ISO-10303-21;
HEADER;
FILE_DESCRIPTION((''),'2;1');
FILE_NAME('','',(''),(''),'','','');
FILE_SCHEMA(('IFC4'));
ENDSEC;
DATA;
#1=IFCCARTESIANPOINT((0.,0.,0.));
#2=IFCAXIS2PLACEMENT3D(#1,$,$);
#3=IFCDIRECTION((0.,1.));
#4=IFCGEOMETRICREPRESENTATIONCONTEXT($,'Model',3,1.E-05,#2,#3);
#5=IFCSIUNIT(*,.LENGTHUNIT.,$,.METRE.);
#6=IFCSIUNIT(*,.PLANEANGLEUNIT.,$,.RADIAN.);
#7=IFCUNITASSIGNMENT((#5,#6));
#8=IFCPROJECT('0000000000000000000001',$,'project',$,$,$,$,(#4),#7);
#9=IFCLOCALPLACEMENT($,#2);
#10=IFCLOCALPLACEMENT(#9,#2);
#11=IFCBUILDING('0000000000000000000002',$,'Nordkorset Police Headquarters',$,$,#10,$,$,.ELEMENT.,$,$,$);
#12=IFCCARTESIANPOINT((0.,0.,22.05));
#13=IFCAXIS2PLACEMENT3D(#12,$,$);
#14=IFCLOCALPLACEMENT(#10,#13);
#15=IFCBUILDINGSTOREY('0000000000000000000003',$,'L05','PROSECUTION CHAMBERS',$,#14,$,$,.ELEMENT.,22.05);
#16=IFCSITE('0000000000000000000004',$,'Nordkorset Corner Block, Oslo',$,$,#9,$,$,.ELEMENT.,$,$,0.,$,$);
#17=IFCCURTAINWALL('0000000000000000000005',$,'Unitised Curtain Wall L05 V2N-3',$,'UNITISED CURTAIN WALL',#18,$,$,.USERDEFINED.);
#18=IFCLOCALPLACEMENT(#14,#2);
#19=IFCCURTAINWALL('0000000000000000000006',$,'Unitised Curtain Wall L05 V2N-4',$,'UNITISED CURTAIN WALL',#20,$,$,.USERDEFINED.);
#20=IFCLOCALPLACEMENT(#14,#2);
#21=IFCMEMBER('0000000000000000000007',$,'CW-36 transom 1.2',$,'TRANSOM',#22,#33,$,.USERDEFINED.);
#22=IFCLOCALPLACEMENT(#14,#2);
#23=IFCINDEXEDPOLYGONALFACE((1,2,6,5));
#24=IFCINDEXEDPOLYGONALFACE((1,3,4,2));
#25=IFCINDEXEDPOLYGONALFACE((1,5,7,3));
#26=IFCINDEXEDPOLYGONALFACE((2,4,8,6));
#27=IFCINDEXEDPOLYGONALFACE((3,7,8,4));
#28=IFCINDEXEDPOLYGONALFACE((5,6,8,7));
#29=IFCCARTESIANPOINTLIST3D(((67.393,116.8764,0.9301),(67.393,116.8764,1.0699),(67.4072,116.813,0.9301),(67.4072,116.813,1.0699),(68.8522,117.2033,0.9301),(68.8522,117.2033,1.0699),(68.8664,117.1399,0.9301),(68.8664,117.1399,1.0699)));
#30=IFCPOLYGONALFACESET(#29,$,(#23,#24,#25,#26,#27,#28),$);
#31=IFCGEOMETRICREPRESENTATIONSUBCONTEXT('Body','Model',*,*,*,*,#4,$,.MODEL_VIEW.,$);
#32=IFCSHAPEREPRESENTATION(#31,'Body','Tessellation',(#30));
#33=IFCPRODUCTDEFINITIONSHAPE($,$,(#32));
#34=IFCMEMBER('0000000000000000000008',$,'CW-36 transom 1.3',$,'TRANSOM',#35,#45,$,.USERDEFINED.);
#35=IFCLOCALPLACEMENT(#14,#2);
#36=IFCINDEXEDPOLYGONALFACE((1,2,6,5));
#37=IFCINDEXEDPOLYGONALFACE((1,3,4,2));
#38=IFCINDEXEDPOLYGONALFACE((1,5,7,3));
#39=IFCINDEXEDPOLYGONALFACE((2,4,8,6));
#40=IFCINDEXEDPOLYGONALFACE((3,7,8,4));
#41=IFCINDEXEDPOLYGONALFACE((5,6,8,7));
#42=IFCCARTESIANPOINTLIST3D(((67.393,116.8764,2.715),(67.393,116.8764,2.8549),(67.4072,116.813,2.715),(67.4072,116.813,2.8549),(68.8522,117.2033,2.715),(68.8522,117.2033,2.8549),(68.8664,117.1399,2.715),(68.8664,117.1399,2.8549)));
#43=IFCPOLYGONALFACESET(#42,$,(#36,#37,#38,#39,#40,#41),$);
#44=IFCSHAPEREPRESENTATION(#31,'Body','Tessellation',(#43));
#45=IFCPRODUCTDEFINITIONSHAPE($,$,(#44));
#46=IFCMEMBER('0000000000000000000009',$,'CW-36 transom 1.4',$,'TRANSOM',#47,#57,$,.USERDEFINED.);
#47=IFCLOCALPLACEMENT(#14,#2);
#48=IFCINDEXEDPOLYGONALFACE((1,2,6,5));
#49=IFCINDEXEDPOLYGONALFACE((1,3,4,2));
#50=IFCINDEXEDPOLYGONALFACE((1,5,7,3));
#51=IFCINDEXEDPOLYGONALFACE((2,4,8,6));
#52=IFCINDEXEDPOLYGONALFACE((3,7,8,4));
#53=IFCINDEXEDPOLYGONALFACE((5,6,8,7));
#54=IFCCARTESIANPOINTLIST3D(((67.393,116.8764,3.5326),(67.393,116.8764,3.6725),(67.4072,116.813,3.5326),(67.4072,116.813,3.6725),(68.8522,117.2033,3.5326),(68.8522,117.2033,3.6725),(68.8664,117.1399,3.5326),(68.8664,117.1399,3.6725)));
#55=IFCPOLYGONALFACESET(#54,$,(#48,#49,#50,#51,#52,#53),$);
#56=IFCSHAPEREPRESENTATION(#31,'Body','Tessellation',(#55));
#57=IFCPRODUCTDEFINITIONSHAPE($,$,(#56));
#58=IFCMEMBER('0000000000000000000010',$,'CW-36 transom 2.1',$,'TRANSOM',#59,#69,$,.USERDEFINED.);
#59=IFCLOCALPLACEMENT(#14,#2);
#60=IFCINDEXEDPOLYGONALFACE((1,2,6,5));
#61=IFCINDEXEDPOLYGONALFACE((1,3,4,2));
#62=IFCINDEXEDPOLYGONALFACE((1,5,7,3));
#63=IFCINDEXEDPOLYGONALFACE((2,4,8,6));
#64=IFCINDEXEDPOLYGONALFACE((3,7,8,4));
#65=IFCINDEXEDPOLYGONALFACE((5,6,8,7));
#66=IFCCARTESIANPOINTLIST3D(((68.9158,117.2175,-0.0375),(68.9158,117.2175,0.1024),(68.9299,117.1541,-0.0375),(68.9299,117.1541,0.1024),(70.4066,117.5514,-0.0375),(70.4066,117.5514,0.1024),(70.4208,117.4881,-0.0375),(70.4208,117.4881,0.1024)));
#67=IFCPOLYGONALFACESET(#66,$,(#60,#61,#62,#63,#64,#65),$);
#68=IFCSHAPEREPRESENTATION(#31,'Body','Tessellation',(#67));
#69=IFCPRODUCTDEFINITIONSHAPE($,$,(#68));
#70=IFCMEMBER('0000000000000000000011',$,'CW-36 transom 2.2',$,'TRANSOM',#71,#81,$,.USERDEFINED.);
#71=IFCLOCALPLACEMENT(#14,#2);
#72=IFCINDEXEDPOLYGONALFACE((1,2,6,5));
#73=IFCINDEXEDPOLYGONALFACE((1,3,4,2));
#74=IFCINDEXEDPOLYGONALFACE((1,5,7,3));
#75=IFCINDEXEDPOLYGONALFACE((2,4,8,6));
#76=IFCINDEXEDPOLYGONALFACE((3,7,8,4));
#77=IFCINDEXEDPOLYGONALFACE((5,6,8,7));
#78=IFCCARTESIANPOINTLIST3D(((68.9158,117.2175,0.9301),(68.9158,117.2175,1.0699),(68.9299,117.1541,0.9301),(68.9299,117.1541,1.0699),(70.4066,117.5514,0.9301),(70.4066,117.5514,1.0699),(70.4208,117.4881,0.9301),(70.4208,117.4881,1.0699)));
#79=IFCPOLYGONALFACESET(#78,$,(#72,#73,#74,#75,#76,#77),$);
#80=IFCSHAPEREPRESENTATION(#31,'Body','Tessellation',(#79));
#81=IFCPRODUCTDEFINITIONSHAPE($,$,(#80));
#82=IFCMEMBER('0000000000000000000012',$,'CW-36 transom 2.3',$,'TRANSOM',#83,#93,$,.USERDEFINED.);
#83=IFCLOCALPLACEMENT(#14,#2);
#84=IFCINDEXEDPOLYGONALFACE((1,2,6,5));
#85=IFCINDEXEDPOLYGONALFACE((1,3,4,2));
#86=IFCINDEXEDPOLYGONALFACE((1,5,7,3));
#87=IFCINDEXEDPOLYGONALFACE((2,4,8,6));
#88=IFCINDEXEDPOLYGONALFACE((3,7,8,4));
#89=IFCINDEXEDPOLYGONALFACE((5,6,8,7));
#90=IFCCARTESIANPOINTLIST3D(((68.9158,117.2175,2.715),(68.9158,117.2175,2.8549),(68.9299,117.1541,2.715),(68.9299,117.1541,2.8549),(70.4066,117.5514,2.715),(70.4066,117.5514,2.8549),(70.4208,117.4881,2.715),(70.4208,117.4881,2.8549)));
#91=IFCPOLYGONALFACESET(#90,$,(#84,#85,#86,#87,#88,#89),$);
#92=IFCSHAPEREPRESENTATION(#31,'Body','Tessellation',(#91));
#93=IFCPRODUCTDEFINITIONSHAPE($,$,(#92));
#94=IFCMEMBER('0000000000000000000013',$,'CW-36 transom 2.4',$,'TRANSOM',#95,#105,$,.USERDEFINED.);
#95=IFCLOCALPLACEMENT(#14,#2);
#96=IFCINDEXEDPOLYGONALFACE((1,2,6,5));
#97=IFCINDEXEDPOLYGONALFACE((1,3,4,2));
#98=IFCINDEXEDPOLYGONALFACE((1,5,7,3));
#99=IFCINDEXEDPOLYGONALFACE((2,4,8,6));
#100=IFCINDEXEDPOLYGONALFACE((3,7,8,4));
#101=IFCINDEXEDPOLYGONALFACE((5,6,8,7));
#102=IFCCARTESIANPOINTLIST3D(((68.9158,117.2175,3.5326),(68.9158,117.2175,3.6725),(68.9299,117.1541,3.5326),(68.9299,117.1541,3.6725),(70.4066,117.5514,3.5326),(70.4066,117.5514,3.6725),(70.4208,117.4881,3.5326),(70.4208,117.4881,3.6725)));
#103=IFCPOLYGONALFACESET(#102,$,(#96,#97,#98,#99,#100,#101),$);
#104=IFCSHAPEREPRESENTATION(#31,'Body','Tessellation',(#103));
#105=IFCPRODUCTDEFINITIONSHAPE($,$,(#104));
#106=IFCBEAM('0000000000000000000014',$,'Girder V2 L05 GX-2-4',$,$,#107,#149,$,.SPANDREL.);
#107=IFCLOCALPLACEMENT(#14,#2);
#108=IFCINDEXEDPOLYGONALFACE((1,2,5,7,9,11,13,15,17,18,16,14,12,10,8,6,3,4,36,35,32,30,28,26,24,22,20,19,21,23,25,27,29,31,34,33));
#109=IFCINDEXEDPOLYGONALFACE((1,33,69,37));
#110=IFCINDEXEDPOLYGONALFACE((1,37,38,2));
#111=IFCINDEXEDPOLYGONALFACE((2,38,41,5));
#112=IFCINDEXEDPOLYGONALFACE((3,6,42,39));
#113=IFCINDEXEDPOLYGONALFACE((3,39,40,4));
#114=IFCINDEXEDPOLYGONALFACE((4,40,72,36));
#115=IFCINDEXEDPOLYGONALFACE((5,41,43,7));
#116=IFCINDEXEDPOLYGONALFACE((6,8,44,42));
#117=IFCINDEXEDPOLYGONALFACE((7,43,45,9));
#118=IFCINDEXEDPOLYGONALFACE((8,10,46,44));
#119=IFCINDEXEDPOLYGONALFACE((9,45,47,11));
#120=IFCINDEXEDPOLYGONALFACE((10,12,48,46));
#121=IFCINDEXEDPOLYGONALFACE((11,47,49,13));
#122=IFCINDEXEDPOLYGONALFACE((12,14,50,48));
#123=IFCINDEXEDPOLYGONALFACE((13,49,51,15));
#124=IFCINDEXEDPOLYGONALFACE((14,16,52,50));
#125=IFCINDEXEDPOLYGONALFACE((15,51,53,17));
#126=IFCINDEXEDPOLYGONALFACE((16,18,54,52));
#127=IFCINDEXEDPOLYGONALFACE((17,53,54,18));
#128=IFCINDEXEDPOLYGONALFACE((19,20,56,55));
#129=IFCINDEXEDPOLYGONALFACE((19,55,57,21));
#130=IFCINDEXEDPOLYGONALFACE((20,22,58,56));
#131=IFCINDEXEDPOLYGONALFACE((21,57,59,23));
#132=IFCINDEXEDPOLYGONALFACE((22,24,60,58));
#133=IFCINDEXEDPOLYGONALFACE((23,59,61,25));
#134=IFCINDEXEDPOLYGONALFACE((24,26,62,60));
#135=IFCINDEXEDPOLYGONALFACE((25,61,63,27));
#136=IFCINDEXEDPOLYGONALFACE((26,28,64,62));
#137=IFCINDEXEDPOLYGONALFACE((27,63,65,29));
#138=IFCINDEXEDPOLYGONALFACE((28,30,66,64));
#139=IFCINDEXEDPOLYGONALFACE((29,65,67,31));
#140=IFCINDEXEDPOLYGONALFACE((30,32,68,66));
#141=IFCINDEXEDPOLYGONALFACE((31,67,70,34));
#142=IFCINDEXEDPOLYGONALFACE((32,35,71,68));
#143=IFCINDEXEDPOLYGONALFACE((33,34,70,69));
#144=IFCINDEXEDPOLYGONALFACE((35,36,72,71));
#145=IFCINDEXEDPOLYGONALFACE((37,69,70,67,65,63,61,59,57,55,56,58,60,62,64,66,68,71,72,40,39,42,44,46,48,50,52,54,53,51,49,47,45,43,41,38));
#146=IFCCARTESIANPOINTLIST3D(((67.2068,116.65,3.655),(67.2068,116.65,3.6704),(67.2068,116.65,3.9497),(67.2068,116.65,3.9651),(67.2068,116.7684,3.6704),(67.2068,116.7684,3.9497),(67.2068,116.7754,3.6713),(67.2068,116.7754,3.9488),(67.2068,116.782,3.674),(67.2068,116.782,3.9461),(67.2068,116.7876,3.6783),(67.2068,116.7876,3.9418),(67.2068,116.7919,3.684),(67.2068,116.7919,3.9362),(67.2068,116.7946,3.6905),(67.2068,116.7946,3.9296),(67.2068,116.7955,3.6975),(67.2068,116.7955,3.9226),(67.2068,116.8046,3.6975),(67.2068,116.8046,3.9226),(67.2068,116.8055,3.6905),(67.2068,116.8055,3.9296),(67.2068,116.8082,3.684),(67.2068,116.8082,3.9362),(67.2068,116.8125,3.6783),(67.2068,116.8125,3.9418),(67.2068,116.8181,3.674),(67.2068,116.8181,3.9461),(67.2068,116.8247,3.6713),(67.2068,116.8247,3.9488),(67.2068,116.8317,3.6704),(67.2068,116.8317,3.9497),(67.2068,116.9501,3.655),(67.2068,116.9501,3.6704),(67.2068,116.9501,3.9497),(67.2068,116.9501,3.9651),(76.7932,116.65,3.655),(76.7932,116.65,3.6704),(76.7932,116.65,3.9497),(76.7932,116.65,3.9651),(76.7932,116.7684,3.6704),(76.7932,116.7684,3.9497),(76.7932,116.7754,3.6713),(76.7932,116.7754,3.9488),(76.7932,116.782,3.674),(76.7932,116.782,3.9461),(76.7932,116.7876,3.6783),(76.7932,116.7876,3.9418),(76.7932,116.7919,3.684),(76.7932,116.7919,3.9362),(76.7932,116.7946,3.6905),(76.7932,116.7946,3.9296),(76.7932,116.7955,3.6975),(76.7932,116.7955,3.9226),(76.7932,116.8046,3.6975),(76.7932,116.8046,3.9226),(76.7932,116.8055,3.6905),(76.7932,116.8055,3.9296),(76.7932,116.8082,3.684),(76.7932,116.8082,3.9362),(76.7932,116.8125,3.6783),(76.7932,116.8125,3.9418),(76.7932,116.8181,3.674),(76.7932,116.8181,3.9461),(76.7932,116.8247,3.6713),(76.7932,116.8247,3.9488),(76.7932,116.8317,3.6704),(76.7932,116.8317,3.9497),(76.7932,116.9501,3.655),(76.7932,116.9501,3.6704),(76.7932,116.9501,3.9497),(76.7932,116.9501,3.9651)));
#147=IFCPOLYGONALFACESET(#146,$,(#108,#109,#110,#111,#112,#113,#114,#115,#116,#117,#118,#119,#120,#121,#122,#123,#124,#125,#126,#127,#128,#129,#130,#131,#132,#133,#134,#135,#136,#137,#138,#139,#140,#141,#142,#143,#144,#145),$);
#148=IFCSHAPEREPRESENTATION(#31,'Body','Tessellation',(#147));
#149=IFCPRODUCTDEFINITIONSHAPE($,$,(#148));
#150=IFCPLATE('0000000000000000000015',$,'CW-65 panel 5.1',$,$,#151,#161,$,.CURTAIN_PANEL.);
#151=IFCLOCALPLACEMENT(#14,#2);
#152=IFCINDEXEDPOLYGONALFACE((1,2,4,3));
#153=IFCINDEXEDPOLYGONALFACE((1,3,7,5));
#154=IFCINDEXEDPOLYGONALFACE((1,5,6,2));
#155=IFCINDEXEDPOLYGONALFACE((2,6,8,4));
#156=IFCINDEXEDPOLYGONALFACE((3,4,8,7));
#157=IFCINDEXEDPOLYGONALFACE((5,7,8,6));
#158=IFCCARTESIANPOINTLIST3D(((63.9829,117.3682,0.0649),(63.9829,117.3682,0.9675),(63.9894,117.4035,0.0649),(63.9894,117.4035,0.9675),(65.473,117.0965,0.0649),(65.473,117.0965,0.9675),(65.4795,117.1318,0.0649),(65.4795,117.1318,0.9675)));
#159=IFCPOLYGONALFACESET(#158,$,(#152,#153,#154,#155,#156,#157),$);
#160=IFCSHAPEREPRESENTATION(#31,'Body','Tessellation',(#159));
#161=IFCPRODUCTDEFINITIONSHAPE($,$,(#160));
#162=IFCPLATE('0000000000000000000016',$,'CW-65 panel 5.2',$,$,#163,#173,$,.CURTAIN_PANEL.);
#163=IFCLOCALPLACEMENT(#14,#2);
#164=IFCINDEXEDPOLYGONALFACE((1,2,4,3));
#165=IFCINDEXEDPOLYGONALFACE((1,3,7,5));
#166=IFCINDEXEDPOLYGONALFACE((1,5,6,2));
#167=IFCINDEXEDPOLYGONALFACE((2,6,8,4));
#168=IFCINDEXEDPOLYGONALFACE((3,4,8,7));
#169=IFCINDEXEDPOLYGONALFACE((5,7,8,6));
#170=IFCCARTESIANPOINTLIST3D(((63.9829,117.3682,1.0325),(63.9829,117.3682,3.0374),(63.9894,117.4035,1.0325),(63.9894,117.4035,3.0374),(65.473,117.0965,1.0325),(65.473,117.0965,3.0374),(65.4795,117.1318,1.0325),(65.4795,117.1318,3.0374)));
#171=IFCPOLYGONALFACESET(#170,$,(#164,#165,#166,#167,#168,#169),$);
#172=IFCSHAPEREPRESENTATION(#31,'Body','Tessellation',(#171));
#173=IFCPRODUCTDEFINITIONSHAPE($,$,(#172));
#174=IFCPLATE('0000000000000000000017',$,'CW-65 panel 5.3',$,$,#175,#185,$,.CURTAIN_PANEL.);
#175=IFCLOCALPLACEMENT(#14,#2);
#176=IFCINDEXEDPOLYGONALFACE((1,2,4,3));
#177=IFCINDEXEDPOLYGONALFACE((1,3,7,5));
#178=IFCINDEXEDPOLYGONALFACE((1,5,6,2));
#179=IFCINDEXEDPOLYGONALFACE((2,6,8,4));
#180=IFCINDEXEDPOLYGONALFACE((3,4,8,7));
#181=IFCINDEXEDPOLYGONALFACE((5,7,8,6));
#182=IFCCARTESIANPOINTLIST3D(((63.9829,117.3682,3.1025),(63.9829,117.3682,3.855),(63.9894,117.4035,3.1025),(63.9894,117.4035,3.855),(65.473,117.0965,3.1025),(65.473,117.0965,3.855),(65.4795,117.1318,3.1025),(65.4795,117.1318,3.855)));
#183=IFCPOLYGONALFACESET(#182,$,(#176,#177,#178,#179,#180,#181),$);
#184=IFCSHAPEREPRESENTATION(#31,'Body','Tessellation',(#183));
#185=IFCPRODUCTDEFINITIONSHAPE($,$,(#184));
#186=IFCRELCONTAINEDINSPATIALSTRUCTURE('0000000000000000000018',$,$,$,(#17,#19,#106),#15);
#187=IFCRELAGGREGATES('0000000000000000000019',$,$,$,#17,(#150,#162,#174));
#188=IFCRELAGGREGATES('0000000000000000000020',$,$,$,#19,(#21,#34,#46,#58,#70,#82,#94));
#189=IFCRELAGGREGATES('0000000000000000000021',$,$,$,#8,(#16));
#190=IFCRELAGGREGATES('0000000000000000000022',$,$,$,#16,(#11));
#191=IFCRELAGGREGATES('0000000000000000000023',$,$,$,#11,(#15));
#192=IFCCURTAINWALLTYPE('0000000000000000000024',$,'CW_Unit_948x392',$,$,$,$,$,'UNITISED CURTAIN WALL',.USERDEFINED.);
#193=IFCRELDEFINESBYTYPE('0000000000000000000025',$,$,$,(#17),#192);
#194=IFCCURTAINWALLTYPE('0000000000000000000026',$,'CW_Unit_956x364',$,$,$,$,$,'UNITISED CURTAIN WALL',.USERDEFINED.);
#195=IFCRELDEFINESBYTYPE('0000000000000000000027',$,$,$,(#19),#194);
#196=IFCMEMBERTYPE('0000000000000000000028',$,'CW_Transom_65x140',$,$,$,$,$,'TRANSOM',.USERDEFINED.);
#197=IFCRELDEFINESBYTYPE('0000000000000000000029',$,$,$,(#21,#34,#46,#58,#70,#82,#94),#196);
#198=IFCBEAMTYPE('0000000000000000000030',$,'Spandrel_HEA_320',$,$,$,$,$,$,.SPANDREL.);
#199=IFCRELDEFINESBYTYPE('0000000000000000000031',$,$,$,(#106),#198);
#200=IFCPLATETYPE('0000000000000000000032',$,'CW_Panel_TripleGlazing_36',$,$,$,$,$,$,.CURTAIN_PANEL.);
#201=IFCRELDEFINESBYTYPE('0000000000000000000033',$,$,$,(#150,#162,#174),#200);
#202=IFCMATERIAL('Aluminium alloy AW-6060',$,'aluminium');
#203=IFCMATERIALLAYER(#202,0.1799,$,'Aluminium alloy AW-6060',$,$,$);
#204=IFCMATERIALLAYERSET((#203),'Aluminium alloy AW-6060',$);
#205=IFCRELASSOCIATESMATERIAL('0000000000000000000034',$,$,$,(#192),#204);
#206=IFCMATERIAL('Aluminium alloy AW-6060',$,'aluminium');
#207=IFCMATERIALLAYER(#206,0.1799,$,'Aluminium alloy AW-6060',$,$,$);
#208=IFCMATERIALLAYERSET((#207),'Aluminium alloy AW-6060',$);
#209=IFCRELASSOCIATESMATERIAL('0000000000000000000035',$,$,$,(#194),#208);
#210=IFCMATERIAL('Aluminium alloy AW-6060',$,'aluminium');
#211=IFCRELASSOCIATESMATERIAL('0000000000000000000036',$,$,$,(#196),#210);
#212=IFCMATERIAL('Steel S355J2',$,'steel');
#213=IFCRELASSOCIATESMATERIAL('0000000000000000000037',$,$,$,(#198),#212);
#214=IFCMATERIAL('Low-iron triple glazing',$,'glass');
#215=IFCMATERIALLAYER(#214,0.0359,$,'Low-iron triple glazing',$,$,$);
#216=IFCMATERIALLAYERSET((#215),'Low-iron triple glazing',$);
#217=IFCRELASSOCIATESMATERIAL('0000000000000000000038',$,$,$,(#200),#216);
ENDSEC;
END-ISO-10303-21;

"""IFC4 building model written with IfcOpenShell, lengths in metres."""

from ifc_helpers import new_model, si_unit, direction, frame, origin, origin_2d, place, context, subcontext, project, spatial, rectangle, i_section, extrude, material, layer, layer_set, material_profile, profile_set, type_object, element, aggregate, save


model = new_model("IFC4")

# Units and contexts
model_context = context("Model", 3, precision=1e-05, world=origin(), true_north=direction((0.0, 1.0)))
body_context = subcontext(model_context, "Body", "Model", "MODEL_VIEW")
ifc_project = project(units=[si_unit("LENGTHUNIT", "METRE"), si_unit("PLANEANGLEUNIT", "RADIAN")], contexts=[model_context])

# Site, building, storey
site_placement = place(None, origin())
site = spatial("IfcSite", under=ifc_project, at=site_placement, Name="Nordkorset Corner Block, Oslo", CompositionType="ELEMENT", RefElevation=0.0)
building_placement = place(site_placement, origin())
building = spatial("IfcBuilding", under=site, at=building_placement, Name="Nordkorset Police Headquarters", CompositionType="ELEMENT")
storey_placement = place(building_placement, frame((0.0, 0.0, 22.05)))
storey = spatial("IfcBuildingStorey", under=building, at=storey_placement, Name="L05", Description="PROSECUTION CHAMBERS", CompositionType="ELEMENT", Elevation=22.05)

# Curtain walls
ifc_material_1 = material(Name="Aluminium alloy AW-6060", Category="aluminium")
ifc_layer_1 = layer(ifc_material_1, 0.1799, Name="Aluminium alloy AW-6060")
ifc_layer_set_1 = layer_set([ifc_layer_1], Name="Aluminium alloy AW-6060")
curtain_wall_type_1 = type_object("IfcCurtainWallType", Name="CW_Unit_948x392", ElementType="UNITISED CURTAIN WALL", PredefinedType="USERDEFINED", material=ifc_layer_set_1)
curtain_wall_1_placement = place(storey_placement, origin())
curtain_wall_1 = element("IfcCurtainWall", 1, at=curtain_wall_1_placement, inside=storey, type_object=curtain_wall_type_1, Name="Unitised Curtain Wall L05 V2N-3", ObjectType="UNITISED CURTAIN WALL", PredefinedType="USERDEFINED")
ifc_material_2 = material(Name="Aluminium alloy AW-6060", Category="aluminium")
ifc_layer_2 = layer(ifc_material_2, 0.1799, Name="Aluminium alloy AW-6060")
ifc_layer_set_2 = layer_set([ifc_layer_2], Name="Aluminium alloy AW-6060")
curtain_wall_type_2 = type_object("IfcCurtainWallType", Name="CW_Unit_956x364", ElementType="UNITISED CURTAIN WALL", PredefinedType="USERDEFINED", material=ifc_layer_set_2)
curtain_wall_2_placement = place(storey_placement, origin())
curtain_wall_2 = element("IfcCurtainWall", 2, at=curtain_wall_2_placement, inside=storey, type_object=curtain_wall_type_2, Name="Unitised Curtain Wall L05 V2N-4", ObjectType="UNITISED CURTAIN WALL", PredefinedType="USERDEFINED")

# Members
ifc_material_3 = material(Name="Aluminium alloy AW-6060", Category="aluminium")
ifc_material_profile_1 = material_profile(ifc_material_3, rectangle(XDim=0.0649, YDim=0.1399, at=origin_2d()), Name="ALU TRAN 65x140")
ifc_profile_set_1 = profile_set([ifc_material_profile_1], Name="Aluminium alloy AW-6060")
member_type_1 = type_object("IfcMemberType", Name="CW_Transom_65x140", ElementType="TRANSOM", PredefinedType="USERDEFINED", material=ifc_profile_set_1)
member_1_placement = place(storey_placement, frame((67.4001, 116.8447, 1.0), z_axis=(0.975813, 0.218607, 0.0), x_axis=(-0.218607, 0.975813, 0.0)))
member_1 = element("IfcMember", 3, at=member_1_placement, type_object=member_type_1, Name="CW-36 transom 1.2", ObjectType="TRANSOM", PredefinedType="USERDEFINED", context=body_context, shape_type="SweptSolid", body=[
    extrude(rectangle(XDim=0.0649, YDim=0.1399, at=origin_2d()), origin(), (0.0, 0.0, 1.0), 1.4954),
])
member_2_placement = place(storey_placement, frame((67.4001, 116.8447, 2.7849), z_axis=(0.975813, 0.218607, 0.0), x_axis=(-0.218607, 0.975813, 0.0)))
member_2 = element("IfcMember", 4, at=member_2_placement, type_object=member_type_1, Name="CW-36 transom 1.3", ObjectType="TRANSOM", PredefinedType="USERDEFINED", context=body_context, shape_type="SweptSolid", body=[
    extrude(rectangle(XDim=0.0649, YDim=0.1399, at=origin_2d()), origin(), (0.0, 0.0, 1.0), 1.4954),
])
member_3_placement = place(storey_placement, frame((67.4001, 116.8447, 3.6025), z_axis=(0.975813, 0.218607, 0.0), x_axis=(-0.218607, 0.975813, 0.0)))
member_3 = element("IfcMember", 5, at=member_3_placement, type_object=member_type_1, Name="CW-36 transom 1.4", ObjectType="TRANSOM", PredefinedType="USERDEFINED", context=body_context, shape_type="SweptSolid", body=[
    extrude(rectangle(XDim=0.0649, YDim=0.1399, at=origin_2d()), origin(), (0.0, 0.0, 1.0), 1.4954),
])
member_4_placement = place(storey_placement, frame((68.9229, 117.1858, 0.0325), z_axis=(0.975817, 0.218588, 0.0), x_axis=(-0.218588, 0.975817, 0.0)))
member_4 = element("IfcMember", 6, at=member_4_placement, type_object=member_type_1, Name="CW-36 transom 2.1", ObjectType="TRANSOM", PredefinedType="USERDEFINED", context=body_context, shape_type="SweptSolid", body=[
    extrude(rectangle(XDim=0.0649, YDim=0.1399, at=origin_2d()), origin(), (0.0, 0.0, 1.0), 1.5278),
])
member_5_placement = place(storey_placement, frame((68.9229, 117.1858, 1.0), z_axis=(0.975817, 0.218588, 0.0), x_axis=(-0.218588, 0.975817, 0.0)))
member_5 = element("IfcMember", 7, at=member_5_placement, type_object=member_type_1, Name="CW-36 transom 2.2", ObjectType="TRANSOM", PredefinedType="USERDEFINED", context=body_context, shape_type="SweptSolid", body=[
    extrude(rectangle(XDim=0.0649, YDim=0.1399, at=origin_2d()), origin(), (0.0, 0.0, 1.0), 1.5278),
])
member_6_placement = place(storey_placement, frame((68.9229, 117.1858, 2.7849), z_axis=(0.975817, 0.218588, 0.0), x_axis=(-0.218588, 0.975817, 0.0)))
member_6 = element("IfcMember", 8, at=member_6_placement, type_object=member_type_1, Name="CW-36 transom 2.3", ObjectType="TRANSOM", PredefinedType="USERDEFINED", context=body_context, shape_type="SweptSolid", body=[
    extrude(rectangle(XDim=0.0649, YDim=0.1399, at=origin_2d()), origin(), (0.0, 0.0, 1.0), 1.5278),
])
member_7_placement = place(storey_placement, frame((68.9229, 117.1858, 3.6025), z_axis=(0.975817, 0.218588, 0.0), x_axis=(-0.218588, 0.975817, 0.0)))
member_7 = element("IfcMember", 9, at=member_7_placement, type_object=member_type_1, Name="CW-36 transom 2.4", ObjectType="TRANSOM", PredefinedType="USERDEFINED", context=body_context, shape_type="SweptSolid", body=[
    extrude(rectangle(XDim=0.0649, YDim=0.1399, at=origin_2d()), origin(), (0.0, 0.0, 1.0), 1.5278),
])

# Beam
ifc_material_4 = material(Name="Steel S355J2", Category="steel")
ifc_material_profile_2 = material_profile(ifc_material_4, i_section(OverallWidth=0.3, OverallDepth=0.3101, WebThickness=0.009, FlangeThickness=0.0154, FilletRadius=0.0271, at=origin_2d()), Name="HEA 320")
ifc_profile_set_2 = profile_set([ifc_material_profile_2], Name="Steel S355J2")
beam_type = type_object("IfcBeamType", Name="Spandrel_HEA_320", PredefinedType="SPANDREL", material=ifc_profile_set_2)
beam_placement = place(storey_placement, frame((67.2068, 116.8, 3.8101), z_axis=(1.0, 0.0, 0.0), x_axis=(0.0, 1.0, 0.0)))
element("IfcBeam", 10, at=beam_placement, inside=storey, type_object=beam_type, Name="Girder V2 L05 GX-2-4", PredefinedType="SPANDREL", context=body_context, shape_type="SweptSolid", body=[
    extrude(i_section(OverallWidth=0.3, OverallDepth=0.3101, WebThickness=0.009, FlangeThickness=0.0154, FilletRadius=0.0271, at=origin_2d()), origin(), (0.0, 0.0, 1.0), 9.5864),
])

# Plates
ifc_material_5 = material(Name="Low-iron triple glazing", Category="glass")
ifc_layer_3 = layer(ifc_material_5, 0.0359, Name="Low-iron triple glazing")
ifc_layer_set_3 = layer_set([ifc_layer_3], Name="Low-iron triple glazing")
plate_type = type_object("IfcPlateType", Name="CW_Panel_TripleGlazing_36", PredefinedType="CURTAIN_PANEL", material=ifc_layer_set_3)
plate_1_placement = place(storey_placement, frame((64.7312, 117.25, 0.0649), z_axis=(0.0, 0.0, 1.0), x_axis=(0.983788, -0.179336, 0.0)))
plate_1 = element("IfcPlate", 11, at=plate_1_placement, type_object=plate_type, Name="CW-65 panel 5.1", PredefinedType="CURTAIN_PANEL", context=body_context, shape_type="SweptSolid", body=[
    extrude(rectangle(XDim=1.5146, YDim=0.0359, at=origin_2d()), origin(), (0.0, 0.0, 1.0), 0.9026),
])
plate_2_placement = place(storey_placement, frame((64.7312, 117.25, 1.0325), z_axis=(0.0, 0.0, 1.0), x_axis=(0.983788, -0.179336, 0.0)))
plate_2 = element("IfcPlate", 12, at=plate_2_placement, type_object=plate_type, Name="CW-65 panel 5.2", PredefinedType="CURTAIN_PANEL", context=body_context, shape_type="SweptSolid", body=[
    extrude(rectangle(XDim=1.5146, YDim=0.0359, at=origin_2d()), origin(), (0.0, 0.0, 1.0), 2.0049),
])
plate_3_placement = place(storey_placement, frame((64.7312, 117.25, 3.1025), z_axis=(0.0, 0.0, 1.0), x_axis=(0.983788, -0.179336, 0.0)))
plate_3 = element("IfcPlate", 13, at=plate_3_placement, type_object=plate_type, Name="CW-65 panel 5.3", PredefinedType="CURTAIN_PANEL", context=body_context, shape_type="SweptSolid", body=[
    extrude(rectangle(XDim=1.5146, YDim=0.0359, at=origin_2d()), origin(), (0.0, 0.0, 1.0), 0.7524),
])
aggregate(curtain_wall_1, [plate_1, plate_2, plate_3])
aggregate(curtain_wall_2, [member_1, member_2, member_3, member_4, member_5, member_6, member_7])

save(model, "model.ifc")
